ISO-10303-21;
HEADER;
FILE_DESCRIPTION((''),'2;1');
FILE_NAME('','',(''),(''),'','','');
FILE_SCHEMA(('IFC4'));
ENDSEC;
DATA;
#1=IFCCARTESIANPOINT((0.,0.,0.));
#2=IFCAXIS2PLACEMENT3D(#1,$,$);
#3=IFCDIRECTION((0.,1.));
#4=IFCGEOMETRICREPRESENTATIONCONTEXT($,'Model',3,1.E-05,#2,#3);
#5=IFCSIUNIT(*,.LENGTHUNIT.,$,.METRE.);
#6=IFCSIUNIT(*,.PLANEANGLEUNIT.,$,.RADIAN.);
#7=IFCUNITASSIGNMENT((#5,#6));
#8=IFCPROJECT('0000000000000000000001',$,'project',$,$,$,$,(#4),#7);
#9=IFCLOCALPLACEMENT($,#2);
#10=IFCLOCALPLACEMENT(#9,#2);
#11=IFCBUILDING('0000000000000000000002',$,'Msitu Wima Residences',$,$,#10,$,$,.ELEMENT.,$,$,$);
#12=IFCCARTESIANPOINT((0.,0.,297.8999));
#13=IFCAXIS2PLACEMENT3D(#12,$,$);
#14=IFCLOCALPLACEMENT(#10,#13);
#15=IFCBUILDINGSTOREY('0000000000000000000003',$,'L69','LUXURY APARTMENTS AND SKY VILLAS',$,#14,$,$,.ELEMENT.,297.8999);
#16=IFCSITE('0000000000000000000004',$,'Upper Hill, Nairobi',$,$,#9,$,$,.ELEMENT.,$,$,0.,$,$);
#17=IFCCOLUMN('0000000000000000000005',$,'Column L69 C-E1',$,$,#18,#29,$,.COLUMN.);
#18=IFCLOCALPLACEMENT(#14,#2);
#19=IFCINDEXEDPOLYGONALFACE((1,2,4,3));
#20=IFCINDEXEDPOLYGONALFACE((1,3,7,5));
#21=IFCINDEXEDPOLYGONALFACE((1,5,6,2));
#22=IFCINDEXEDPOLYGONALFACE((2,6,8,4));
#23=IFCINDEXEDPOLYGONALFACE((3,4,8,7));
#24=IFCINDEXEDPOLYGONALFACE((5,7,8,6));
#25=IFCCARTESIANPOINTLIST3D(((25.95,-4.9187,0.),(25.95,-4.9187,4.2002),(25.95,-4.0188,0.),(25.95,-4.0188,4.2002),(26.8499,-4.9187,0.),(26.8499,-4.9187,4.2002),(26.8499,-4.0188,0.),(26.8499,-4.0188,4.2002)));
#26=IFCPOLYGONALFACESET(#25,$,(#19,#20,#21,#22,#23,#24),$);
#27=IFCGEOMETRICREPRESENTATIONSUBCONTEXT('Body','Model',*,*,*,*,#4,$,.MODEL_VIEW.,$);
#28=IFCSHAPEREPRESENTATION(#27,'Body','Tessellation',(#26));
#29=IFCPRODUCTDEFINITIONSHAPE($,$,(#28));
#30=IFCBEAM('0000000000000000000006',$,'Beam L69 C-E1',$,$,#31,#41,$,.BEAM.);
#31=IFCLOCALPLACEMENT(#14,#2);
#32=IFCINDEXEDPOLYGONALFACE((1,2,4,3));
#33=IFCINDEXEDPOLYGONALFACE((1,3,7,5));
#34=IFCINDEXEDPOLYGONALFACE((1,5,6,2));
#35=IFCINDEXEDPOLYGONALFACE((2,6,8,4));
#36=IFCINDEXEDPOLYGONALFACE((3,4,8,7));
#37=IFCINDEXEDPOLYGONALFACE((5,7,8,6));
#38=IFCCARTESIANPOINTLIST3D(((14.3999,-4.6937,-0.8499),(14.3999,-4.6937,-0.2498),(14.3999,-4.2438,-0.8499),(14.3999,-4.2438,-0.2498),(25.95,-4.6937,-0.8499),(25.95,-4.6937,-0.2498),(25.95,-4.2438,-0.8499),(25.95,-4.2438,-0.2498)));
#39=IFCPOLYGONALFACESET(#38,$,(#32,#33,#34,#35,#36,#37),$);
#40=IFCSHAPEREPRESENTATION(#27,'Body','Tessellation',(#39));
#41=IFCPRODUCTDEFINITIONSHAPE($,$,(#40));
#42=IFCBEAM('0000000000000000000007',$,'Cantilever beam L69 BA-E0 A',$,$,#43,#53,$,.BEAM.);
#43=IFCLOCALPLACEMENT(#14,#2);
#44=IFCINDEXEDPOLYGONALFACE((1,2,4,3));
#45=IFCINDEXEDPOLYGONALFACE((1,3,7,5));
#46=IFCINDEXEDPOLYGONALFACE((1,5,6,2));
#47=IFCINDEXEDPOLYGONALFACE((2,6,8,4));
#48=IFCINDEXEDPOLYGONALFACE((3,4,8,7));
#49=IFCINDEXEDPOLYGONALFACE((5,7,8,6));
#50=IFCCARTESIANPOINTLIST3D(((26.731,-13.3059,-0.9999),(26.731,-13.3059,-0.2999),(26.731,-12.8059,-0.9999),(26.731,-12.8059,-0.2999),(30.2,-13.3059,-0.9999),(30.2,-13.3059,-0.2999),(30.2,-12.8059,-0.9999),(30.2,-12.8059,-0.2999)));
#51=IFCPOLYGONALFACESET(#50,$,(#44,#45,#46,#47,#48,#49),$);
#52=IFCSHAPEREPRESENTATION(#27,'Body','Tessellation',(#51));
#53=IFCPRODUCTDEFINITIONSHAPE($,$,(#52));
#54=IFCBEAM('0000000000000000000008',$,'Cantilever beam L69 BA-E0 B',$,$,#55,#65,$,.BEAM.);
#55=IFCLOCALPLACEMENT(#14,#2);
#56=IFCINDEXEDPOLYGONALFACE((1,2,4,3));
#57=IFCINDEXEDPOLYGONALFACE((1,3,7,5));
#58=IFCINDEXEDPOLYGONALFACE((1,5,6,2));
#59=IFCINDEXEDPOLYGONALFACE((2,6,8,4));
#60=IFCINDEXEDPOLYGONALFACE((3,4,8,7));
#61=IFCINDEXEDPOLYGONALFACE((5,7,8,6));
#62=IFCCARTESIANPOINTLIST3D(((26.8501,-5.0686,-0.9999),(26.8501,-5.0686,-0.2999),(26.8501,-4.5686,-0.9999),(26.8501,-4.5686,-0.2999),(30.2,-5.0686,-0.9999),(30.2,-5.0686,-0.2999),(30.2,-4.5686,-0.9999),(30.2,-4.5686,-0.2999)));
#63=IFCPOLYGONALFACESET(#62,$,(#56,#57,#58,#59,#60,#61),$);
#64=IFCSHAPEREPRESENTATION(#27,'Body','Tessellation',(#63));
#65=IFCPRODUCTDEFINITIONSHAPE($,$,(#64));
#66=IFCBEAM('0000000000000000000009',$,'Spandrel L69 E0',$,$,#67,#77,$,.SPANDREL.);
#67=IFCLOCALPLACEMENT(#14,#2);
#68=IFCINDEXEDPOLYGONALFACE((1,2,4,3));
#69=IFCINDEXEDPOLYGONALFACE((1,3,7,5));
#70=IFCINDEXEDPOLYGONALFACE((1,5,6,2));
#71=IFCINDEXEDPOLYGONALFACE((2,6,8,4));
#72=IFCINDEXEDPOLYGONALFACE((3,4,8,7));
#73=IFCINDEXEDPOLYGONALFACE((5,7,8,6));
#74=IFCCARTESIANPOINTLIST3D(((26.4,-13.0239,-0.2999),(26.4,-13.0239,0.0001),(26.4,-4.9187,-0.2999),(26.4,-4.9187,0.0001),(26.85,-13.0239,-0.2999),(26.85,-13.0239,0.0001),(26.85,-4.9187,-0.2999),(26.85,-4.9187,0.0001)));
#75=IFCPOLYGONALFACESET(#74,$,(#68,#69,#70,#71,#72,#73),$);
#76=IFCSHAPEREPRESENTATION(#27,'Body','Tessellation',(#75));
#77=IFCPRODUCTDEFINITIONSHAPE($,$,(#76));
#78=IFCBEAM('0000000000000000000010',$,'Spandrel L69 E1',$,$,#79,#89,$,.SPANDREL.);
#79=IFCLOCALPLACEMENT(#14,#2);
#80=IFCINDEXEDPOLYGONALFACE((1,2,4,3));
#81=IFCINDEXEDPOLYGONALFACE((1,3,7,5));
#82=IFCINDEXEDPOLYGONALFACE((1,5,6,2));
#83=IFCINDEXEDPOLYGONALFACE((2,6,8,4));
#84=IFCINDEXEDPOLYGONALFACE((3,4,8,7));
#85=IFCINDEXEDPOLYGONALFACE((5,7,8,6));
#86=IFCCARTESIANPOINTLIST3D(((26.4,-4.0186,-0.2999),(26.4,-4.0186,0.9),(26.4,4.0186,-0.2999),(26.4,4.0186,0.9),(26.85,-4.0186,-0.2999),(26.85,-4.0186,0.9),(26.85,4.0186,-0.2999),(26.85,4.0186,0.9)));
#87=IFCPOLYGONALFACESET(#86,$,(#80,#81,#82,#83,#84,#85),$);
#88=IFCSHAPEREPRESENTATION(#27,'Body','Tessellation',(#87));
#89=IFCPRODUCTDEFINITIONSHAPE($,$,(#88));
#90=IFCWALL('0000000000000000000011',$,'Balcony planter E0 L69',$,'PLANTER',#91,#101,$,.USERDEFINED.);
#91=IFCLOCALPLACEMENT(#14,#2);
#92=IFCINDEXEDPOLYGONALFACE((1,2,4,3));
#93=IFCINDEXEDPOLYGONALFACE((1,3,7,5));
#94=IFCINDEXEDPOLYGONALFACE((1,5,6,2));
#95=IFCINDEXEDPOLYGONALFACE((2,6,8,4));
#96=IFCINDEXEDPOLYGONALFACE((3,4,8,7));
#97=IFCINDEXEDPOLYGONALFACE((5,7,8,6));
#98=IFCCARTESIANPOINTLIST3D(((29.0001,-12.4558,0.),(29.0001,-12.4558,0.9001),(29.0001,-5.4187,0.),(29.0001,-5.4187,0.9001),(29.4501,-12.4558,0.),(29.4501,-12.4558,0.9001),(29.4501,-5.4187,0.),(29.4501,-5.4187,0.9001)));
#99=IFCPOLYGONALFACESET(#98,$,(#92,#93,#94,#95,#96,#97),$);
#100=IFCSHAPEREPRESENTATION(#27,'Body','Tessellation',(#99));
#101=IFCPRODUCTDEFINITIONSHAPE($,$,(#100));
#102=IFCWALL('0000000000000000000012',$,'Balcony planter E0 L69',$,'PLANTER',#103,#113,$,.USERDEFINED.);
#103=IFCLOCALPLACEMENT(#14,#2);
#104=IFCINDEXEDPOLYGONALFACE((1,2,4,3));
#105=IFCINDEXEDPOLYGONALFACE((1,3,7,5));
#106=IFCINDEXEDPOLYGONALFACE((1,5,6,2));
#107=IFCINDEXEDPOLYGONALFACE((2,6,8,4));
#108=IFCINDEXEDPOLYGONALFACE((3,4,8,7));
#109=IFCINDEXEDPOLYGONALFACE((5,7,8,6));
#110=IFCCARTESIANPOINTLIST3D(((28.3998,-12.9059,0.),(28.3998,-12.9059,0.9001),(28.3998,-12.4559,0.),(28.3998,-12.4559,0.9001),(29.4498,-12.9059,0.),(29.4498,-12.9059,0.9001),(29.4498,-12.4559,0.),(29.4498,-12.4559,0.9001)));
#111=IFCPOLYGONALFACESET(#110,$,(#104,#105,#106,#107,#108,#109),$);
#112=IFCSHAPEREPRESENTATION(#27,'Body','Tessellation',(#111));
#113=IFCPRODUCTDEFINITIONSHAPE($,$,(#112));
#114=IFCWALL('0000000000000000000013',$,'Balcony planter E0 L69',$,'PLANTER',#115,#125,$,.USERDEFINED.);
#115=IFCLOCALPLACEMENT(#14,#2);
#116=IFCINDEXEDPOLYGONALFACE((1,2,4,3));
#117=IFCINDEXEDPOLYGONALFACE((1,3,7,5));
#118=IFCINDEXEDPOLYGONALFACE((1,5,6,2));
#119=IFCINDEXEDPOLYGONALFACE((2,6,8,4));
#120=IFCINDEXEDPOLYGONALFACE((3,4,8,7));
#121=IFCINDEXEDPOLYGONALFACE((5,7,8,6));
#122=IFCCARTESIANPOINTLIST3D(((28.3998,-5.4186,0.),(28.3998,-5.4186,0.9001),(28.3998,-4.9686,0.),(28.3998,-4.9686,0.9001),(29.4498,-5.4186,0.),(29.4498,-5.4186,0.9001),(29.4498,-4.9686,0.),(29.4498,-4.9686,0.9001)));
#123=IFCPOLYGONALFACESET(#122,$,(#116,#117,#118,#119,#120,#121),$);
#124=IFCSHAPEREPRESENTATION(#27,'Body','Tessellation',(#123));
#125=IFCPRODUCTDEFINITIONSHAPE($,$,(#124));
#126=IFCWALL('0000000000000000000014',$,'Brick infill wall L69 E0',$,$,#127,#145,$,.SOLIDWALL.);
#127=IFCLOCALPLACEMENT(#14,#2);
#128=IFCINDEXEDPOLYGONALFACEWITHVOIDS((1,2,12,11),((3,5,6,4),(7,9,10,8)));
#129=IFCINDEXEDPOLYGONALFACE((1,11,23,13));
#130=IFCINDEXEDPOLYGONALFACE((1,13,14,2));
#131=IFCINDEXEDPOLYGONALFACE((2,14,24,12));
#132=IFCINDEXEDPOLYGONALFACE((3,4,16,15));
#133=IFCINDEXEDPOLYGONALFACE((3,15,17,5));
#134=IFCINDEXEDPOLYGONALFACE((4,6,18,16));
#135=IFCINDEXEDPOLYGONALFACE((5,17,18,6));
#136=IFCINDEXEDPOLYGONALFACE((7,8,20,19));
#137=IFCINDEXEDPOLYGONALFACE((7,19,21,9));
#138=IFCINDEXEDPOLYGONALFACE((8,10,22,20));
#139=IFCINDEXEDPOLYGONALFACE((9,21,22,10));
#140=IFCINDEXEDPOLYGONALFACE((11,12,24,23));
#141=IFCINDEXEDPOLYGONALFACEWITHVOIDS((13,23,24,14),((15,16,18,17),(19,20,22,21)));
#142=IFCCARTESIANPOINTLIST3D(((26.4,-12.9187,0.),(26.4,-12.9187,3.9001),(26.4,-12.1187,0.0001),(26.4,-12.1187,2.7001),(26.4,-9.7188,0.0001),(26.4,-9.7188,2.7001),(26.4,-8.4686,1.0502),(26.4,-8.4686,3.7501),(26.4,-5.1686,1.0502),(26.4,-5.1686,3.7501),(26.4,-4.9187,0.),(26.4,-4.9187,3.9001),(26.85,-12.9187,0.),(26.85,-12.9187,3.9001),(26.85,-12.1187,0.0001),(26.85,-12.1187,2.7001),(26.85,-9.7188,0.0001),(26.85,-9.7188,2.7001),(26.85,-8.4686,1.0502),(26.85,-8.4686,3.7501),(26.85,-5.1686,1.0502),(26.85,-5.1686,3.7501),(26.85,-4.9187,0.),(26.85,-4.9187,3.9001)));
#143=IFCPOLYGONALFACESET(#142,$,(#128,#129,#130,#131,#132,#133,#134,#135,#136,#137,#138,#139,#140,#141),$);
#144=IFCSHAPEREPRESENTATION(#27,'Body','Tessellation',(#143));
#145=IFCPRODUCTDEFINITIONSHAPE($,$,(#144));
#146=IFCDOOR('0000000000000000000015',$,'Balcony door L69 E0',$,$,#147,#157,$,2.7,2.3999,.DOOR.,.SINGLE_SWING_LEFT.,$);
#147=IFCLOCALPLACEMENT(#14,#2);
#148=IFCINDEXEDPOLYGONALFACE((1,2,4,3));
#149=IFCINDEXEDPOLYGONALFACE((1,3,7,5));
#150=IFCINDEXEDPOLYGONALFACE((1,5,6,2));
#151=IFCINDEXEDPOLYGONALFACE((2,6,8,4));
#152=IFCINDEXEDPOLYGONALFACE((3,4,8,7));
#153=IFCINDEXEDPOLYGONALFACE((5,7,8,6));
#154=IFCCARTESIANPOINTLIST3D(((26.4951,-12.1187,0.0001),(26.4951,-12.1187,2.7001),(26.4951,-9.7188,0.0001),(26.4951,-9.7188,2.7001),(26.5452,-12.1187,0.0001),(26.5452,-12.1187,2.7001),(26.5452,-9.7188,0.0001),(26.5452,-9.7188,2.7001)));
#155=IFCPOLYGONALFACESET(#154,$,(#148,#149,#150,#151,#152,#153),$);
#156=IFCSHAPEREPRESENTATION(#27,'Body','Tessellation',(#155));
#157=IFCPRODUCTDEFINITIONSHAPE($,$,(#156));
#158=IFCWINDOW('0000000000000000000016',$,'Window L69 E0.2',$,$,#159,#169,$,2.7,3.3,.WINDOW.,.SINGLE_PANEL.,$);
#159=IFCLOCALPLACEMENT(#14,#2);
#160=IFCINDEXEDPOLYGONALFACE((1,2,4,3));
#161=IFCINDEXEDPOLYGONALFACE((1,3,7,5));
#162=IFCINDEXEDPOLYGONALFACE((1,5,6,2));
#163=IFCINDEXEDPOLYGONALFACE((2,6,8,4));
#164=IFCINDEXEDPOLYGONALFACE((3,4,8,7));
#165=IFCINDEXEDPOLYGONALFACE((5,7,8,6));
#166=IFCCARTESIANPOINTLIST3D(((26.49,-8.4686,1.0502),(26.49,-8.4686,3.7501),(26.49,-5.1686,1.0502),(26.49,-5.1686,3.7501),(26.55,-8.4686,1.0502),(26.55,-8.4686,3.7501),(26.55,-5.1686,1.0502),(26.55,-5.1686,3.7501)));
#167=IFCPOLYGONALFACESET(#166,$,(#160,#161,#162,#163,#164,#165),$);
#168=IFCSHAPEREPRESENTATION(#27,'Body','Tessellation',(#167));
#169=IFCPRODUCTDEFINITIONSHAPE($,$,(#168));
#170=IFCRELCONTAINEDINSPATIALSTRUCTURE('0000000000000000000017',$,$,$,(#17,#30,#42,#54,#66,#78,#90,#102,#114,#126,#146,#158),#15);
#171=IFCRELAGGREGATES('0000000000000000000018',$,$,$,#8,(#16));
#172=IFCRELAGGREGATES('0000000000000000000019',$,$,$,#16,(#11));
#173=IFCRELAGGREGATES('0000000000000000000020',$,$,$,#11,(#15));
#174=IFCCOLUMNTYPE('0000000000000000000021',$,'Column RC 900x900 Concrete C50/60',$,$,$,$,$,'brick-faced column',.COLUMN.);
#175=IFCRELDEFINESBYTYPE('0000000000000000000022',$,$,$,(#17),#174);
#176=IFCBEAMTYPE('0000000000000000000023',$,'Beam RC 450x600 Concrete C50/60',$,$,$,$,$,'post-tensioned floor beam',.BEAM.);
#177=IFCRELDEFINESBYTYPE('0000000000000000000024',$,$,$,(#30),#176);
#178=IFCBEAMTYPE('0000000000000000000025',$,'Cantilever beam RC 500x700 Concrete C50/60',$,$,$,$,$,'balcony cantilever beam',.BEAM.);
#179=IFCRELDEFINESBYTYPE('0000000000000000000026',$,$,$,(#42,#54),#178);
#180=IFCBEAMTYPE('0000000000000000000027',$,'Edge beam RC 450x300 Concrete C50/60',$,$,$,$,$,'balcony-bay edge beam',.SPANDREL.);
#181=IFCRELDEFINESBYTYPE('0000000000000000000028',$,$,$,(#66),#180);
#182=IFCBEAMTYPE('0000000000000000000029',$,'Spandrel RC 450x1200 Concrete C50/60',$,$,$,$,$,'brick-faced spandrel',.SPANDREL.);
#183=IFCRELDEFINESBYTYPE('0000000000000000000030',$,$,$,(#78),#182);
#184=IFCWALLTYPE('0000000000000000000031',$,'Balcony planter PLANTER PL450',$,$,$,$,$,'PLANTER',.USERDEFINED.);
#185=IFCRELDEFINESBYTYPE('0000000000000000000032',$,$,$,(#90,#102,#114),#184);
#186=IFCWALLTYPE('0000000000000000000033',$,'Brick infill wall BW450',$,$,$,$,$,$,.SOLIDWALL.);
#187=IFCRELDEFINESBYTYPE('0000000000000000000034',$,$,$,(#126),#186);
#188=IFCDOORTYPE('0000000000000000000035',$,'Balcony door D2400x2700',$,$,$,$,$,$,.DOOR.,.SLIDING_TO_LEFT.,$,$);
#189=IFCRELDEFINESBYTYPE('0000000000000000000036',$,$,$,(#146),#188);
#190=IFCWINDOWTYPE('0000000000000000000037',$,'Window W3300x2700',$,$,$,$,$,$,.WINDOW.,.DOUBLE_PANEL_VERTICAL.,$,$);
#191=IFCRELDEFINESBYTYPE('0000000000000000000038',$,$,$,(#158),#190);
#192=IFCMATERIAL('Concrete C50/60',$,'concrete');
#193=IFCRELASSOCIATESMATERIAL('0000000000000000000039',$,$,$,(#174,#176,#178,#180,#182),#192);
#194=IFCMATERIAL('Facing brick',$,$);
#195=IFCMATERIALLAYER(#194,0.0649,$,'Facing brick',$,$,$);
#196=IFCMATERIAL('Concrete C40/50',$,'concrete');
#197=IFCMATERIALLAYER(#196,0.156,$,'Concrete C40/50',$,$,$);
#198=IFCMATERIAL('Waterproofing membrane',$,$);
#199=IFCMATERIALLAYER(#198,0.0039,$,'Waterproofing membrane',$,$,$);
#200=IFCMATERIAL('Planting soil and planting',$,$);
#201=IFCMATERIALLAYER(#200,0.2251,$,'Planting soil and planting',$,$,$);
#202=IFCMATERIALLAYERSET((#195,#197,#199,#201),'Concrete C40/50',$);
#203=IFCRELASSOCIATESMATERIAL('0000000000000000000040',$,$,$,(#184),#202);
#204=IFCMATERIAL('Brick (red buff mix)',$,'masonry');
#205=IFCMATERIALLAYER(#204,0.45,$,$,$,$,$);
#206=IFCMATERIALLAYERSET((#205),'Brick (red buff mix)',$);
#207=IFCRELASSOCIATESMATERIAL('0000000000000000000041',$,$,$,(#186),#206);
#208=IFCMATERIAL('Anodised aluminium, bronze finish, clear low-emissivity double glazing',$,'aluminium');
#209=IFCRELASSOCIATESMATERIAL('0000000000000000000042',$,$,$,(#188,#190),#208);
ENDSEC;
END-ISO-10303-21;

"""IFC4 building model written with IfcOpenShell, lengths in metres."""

from ifc_helpers import new_model, si_unit, direction, frame, frame_2d, origin, origin_2d, place, context, subcontext, project, spatial, rectangle, extrude, material, layer, layer_set, material_profile, profile_set, type_object, element, fill, save


model = new_model("IFC4")

# Units and contexts
model_context = context("Model", 3, precision=1e-05, world=origin(), true_north=direction((0.0, 1.0)))
body_context = subcontext(model_context, "Body", "Model", "MODEL_VIEW")
ifc_project = project(units=[si_unit("LENGTHUNIT", "METRE"), si_unit("PLANEANGLEUNIT", "RADIAN")], contexts=[model_context])

# Site, building, storey
site_placement = place(None, origin())
site = spatial("IfcSite", under=ifc_project, at=site_placement, Name="Upper Hill, Nairobi", CompositionType="ELEMENT", RefElevation=0.0)
building_placement = place(site_placement, origin())
building = spatial("IfcBuilding", under=site, at=building_placement, Name="Msitu Wima Residences", CompositionType="ELEMENT")
storey_placement = place(building_placement, frame((0.0, 0.0, 297.8999)))
storey = spatial("IfcBuildingStorey", under=building, at=storey_placement, Name="L69", Description="LUXURY APARTMENTS AND SKY VILLAS", CompositionType="ELEMENT", Elevation=297.8999)

# Column
ifc_material_1 = material(Name="Concrete C50/60", Category="concrete")
ifc_material_profile_1 = material_profile(ifc_material_1, rectangle(XDim=0.8999, YDim=0.8999, at=origin_2d()), Name="RC 900x900")
ifc_profile_set_1 = profile_set([ifc_material_profile_1], Name="Concrete C50/60")
column_type = type_object("IfcColumnType", Name="Column RC 900x900 Concrete C50/60", ElementType="brick-faced column", PredefinedType="COLUMN", material=ifc_profile_set_1)
column_placement = place(storey_placement, frame((26.3999, -4.4688, 0.0), z_axis=(0.0, 0.0, 1.0), x_axis=(0.0, 1.0, 0.0)))
element("IfcColumn", 1, at=column_placement, inside=storey, type_object=column_type, Name="Column L69 C-E1", PredefinedType="COLUMN", context=body_context, shape_type="SweptSolid", body=[
    extrude(rectangle(XDim=0.8999, YDim=0.8999, at=origin_2d()), origin(), (0.0, 0.0, 1.0), 4.2002),
])

# Beams
ifc_material_profile_2 = material_profile(ifc_material_1, rectangle(XDim=0.45, YDim=0.6001, at=origin_2d()), Name="RC 450x600")
ifc_profile_set_2 = profile_set([ifc_material_profile_2], Name="Concrete C50/60")
beam_type_1 = type_object("IfcBeamType", Name="Beam RC 450x600 Concrete C50/60", ElementType="post-tensioned floor beam", PredefinedType="BEAM", material=ifc_profile_set_2)
beam_1_placement = place(storey_placement, frame((25.95, -4.4688, -0.5498), z_axis=(-1.0, 0.0, 0.0), x_axis=(0.0, -1.0, 0.0)))
element("IfcBeam", 2, at=beam_1_placement, inside=storey, type_object=beam_type_1, Name="Beam L69 C-E1", PredefinedType="BEAM", context=body_context, shape_type="SweptSolid", body=[
    extrude(rectangle(XDim=0.45, YDim=0.6001, at=origin_2d()), origin(), (0.0, 0.0, 1.0), 11.55),
])
ifc_material_profile_3 = material_profile(ifc_material_1, rectangle(XDim=0.5, YDim=0.7, at=origin_2d()), Name="RC 500x700")
ifc_profile_set_3 = profile_set([ifc_material_profile_3], Name="Concrete C50/60")
beam_type_2 = type_object("IfcBeamType", Name="Cantilever beam RC 500x700 Concrete C50/60", ElementType="balcony cantilever beam", PredefinedType="BEAM", material=ifc_profile_set_3)
beam_2_placement = place(storey_placement, frame((26.731, -13.0559, -0.6499), z_axis=(1.0, 0.0, 0.0), x_axis=(0.0, 1.0, 0.0)))
element("IfcBeam", 3, at=beam_2_placement, inside=storey, type_object=beam_type_2, Name="Cantilever beam L69 BA-E0 A", PredefinedType="BEAM", context=body_context, shape_type="SweptSolid", body=[
    extrude(rectangle(XDim=0.5, YDim=0.7, at=origin_2d()), origin(), (0.0, 0.0, 1.0), 3.469),
])
beam_3_placement = place(storey_placement, frame((26.8501, -4.8186, -0.6499), z_axis=(1.0, 0.0, 0.0), x_axis=(0.0, 1.0, 0.0)))
element("IfcBeam", 4, at=beam_3_placement, inside=storey, type_object=beam_type_2, Name="Cantilever beam L69 BA-E0 B", PredefinedType="BEAM", context=body_context, shape_type="SweptSolid", body=[
    extrude(rectangle(XDim=0.5, YDim=0.7, at=origin_2d()), origin(), (0.0, 0.0, 1.0), 3.3499),
])
ifc_material_profile_4 = material_profile(ifc_material_1, rectangle(XDim=0.45, YDim=0.3, at=origin_2d()), Name="RC 450x300")
ifc_profile_set_4 = profile_set([ifc_material_profile_4], Name="Concrete C50/60")
beam_type_3 = type_object("IfcBeamType", Name="Edge beam RC 450x300 Concrete C50/60", ElementType="balcony-bay edge beam", PredefinedType="SPANDREL", material=ifc_profile_set_4)
beam_4_placement = place(storey_placement, frame((26.625, -13.0239, -0.1499), z_axis=(0.0, 1.0, 0.0), x_axis=(-1.0, 0.0, 0.0)))
element("IfcBeam", 5, at=beam_4_placement, inside=storey, type_object=beam_type_3, Name="Spandrel L69 E0", PredefinedType="SPANDREL", context=body_context, shape_type="SweptSolid", body=[
    extrude(rectangle(XDim=0.45, YDim=0.3, at=origin_2d()), origin(), (0.0, 0.0, 1.0), 8.1052),
])
ifc_material_profile_5 = material_profile(ifc_material_1, rectangle(XDim=0.45, YDim=1.2, at=origin_2d()), Name="RC 450x1200")
ifc_profile_set_5 = profile_set([ifc_material_profile_5], Name="Concrete C50/60")
beam_type_4 = type_object("IfcBeamType", Name="Spandrel RC 450x1200 Concrete C50/60", ElementType="brick-faced spandrel", PredefinedType="SPANDREL", material=ifc_profile_set_5)
beam_5_placement = place(storey_placement, frame((26.625, -4.0186, 0.3), z_axis=(0.0, 1.0, 0.0), x_axis=(-1.0, 0.0, 0.0)))
element("IfcBeam", 6, at=beam_5_placement, inside=storey, type_object=beam_type_4, Name="Spandrel L69 E1", PredefinedType="SPANDREL", context=body_context, shape_type="SweptSolid", body=[
    extrude(rectangle(XDim=0.45, YDim=1.2, at=origin_2d()), origin(), (0.0, 0.0, 1.0), 8.0371),
])

# Walls
ifc_material_2 = material(Name="Facing brick")
ifc_layer_1 = layer(ifc_material_2, 0.0649, Name="Facing brick")
ifc_material_3 = material(Name="Concrete C40/50", Category="concrete")
ifc_layer_2 = layer(ifc_material_3, 0.156, Name="Concrete C40/50")
ifc_material_4 = material(Name="Waterproofing membrane")
ifc_layer_3 = layer(ifc_material_4, 0.0039, Name="Waterproofing membrane")
ifc_material_5 = material(Name="Planting soil and planting")
ifc_layer_4 = layer(ifc_material_5, 0.2251, Name="Planting soil and planting")
ifc_layer_set_1 = layer_set([ifc_layer_1, ifc_layer_2, ifc_layer_3, ifc_layer_4], Name="Concrete C40/50")
wall_type_1 = type_object("IfcWallType", Name="Balcony planter PLANTER PL450", ElementType="PLANTER", PredefinedType="USERDEFINED", material=ifc_layer_set_1)
wall_1_placement = place(storey_placement, frame((29.2251, -12.4558, 0.0), z_axis=(0.0, 0.0, 1.0), x_axis=(0.0, 1.0, 0.0)))
element("IfcWall", 7, at=wall_1_placement, inside=storey, type_object=wall_type_1, Name="Balcony planter E0 L69", ObjectType="PLANTER", PredefinedType="USERDEFINED", context=body_context, shape_type="SweptSolid", body=[
    extrude(rectangle(XDim=7.0371, YDim=0.45, at=frame_2d((3.5186, 0.0))), origin(), (0.0, 0.0, 1.0), 0.9001),
])
for number, where, z_axis, x_axis, name in (
    (8, (28.3999, -12.6809, 0.0), (0.0, 0.0, 1.0), (1.0, 0.0, 0.0), "Balcony planter E0 L69"),
    (9, (28.3999, -5.1936, 0.0), (0.0, 0.0, 1.0), (1.0, 0.0, 0.0), "Balcony planter E0 L69"),
):
    element("IfcWall", number, at=place(storey_placement, frame(where, z_axis=z_axis, x_axis=x_axis)), inside=storey, type_object=wall_type_1, Name=name, ObjectType="PLANTER", PredefinedType="USERDEFINED", context=body_context, shape_type="SweptSolid", body=[
        extrude(rectangle(XDim=1.05, YDim=0.45, at=frame_2d((0.5249, 0.0))), origin(), (0.0, 0.0, 1.0), 0.9001),
    ])

# Wall, openings, door, window
ifc_material_6 = material(Name="Brick (red buff mix)", Category="masonry")
ifc_layer_5 = layer(ifc_material_6, 0.45)
ifc_layer_set_2 = layer_set([ifc_layer_5], Name="Brick (red buff mix)")
wall_type_2 = type_object("IfcWallType", Name="Brick infill wall BW450", PredefinedType="SOLIDWALL", material=ifc_layer_set_2)
wall_2_placement = place(storey_placement, frame((26.625, -12.9187, 0.0), z_axis=(0.0, 0.0, 1.0), x_axis=(0.0, 1.0, 0.0)))
wall_2 = element("IfcWall", 10, at=wall_2_placement, inside=storey, type_object=wall_type_2, Name="Brick infill wall L69 E0", PredefinedType="SOLIDWALL", context=body_context, shape_type="SweptSolid", body=[
    extrude(rectangle(XDim=8.0, YDim=0.45, at=frame_2d((4.0, 0.0))), origin(), (0.0, 0.0, 1.0), 3.9001),
])
opening_1_placement = place(wall_2_placement, frame((0.8, 0.0, 0.0)))
opening_1 = element("IfcOpeningElement", 11, at=opening_1_placement, cuts=wall_2, PredefinedType="OPENING", context=body_context, shape_type="SweptSolid", body=[
    extrude(rectangle(XDim=2.3999, YDim=2.7, at=frame_2d((1.2, 1.3501))), frame((0.0, 0.2349, 0.0), z_axis=(0.0, -1.0, 0.0), x_axis=(1.0, 0.0, 0.0)), (0.0, 0.0, 1.0), 0.47),
])
opening_2_placement = place(wall_2_placement, frame((4.4502, 0.0, 1.05)))
opening_2 = element("IfcOpeningElement", 12, at=opening_2_placement, cuts=wall_2, PredefinedType="OPENING", context=body_context, shape_type="SweptSolid", body=[
    extrude(rectangle(XDim=3.3, YDim=2.7, at=frame_2d((1.6499, 1.3501))), frame((0.0, 0.2349, 0.0), z_axis=(0.0, -1.0, 0.0), x_axis=(1.0, 0.0, 0.0)), (0.0, 0.0, 1.0), 0.47),
])
ifc_material_7 = material(Name="Anodised aluminium, bronze finish, clear low-emissivity double glazing", Category="aluminium")
door_type_1 = type_object("IfcDoorType", Name="Balcony door D2400x2700", OperationType="SLIDING_TO_LEFT", PredefinedType="DOOR", material=ifc_material_7)
door_1_placement = place(opening_1_placement, origin())
door_1 = element("IfcDoor", 13, at=door_1_placement, inside=storey, type_object=door_type_1, Name="Balcony door L69 E0", OperationType="SINGLE_SWING_LEFT", OverallHeight=2.7, OverallWidth=2.3999, PredefinedType="DOOR", context=body_context, shape_type="SweptSolid", body=[
    extrude(rectangle(XDim=2.3999, YDim=2.7, at=frame_2d((1.2, 1.3501))), frame((0.0, 0.1299, 0.0), z_axis=(0.0, -1.0, 0.0), x_axis=(1.0, 0.0, 0.0)), (0.0, 0.0, 1.0), 0.05),
])
fill(opening_1, door_1)
window_type = type_object("IfcWindowType", Name="Window W3300x2700", PartitioningType="DOUBLE_PANEL_VERTICAL", PredefinedType="WINDOW", material=ifc_material_7)
window_1_placement = place(opening_2_placement, origin())
window_1 = element("IfcWindow", 14, at=window_1_placement, inside=storey, type_object=window_type, Name="Window L69 E0.2", OverallHeight=2.7, OverallWidth=3.3, PartitioningType="SINGLE_PANEL", PredefinedType="WINDOW", context=body_context, shape_type="SweptSolid", body=[
    extrude(rectangle(XDim=3.3, YDim=2.7, at=frame_2d((1.6499, 1.3501))), frame((0.0, 0.135, 0.0), z_axis=(0.0, -1.0, 0.0), x_axis=(1.0, 0.0, 0.0)), (0.0, 0.0, 1.0), 0.0601),
])
fill(opening_2, window_1)

save(model, "model.ifc")
